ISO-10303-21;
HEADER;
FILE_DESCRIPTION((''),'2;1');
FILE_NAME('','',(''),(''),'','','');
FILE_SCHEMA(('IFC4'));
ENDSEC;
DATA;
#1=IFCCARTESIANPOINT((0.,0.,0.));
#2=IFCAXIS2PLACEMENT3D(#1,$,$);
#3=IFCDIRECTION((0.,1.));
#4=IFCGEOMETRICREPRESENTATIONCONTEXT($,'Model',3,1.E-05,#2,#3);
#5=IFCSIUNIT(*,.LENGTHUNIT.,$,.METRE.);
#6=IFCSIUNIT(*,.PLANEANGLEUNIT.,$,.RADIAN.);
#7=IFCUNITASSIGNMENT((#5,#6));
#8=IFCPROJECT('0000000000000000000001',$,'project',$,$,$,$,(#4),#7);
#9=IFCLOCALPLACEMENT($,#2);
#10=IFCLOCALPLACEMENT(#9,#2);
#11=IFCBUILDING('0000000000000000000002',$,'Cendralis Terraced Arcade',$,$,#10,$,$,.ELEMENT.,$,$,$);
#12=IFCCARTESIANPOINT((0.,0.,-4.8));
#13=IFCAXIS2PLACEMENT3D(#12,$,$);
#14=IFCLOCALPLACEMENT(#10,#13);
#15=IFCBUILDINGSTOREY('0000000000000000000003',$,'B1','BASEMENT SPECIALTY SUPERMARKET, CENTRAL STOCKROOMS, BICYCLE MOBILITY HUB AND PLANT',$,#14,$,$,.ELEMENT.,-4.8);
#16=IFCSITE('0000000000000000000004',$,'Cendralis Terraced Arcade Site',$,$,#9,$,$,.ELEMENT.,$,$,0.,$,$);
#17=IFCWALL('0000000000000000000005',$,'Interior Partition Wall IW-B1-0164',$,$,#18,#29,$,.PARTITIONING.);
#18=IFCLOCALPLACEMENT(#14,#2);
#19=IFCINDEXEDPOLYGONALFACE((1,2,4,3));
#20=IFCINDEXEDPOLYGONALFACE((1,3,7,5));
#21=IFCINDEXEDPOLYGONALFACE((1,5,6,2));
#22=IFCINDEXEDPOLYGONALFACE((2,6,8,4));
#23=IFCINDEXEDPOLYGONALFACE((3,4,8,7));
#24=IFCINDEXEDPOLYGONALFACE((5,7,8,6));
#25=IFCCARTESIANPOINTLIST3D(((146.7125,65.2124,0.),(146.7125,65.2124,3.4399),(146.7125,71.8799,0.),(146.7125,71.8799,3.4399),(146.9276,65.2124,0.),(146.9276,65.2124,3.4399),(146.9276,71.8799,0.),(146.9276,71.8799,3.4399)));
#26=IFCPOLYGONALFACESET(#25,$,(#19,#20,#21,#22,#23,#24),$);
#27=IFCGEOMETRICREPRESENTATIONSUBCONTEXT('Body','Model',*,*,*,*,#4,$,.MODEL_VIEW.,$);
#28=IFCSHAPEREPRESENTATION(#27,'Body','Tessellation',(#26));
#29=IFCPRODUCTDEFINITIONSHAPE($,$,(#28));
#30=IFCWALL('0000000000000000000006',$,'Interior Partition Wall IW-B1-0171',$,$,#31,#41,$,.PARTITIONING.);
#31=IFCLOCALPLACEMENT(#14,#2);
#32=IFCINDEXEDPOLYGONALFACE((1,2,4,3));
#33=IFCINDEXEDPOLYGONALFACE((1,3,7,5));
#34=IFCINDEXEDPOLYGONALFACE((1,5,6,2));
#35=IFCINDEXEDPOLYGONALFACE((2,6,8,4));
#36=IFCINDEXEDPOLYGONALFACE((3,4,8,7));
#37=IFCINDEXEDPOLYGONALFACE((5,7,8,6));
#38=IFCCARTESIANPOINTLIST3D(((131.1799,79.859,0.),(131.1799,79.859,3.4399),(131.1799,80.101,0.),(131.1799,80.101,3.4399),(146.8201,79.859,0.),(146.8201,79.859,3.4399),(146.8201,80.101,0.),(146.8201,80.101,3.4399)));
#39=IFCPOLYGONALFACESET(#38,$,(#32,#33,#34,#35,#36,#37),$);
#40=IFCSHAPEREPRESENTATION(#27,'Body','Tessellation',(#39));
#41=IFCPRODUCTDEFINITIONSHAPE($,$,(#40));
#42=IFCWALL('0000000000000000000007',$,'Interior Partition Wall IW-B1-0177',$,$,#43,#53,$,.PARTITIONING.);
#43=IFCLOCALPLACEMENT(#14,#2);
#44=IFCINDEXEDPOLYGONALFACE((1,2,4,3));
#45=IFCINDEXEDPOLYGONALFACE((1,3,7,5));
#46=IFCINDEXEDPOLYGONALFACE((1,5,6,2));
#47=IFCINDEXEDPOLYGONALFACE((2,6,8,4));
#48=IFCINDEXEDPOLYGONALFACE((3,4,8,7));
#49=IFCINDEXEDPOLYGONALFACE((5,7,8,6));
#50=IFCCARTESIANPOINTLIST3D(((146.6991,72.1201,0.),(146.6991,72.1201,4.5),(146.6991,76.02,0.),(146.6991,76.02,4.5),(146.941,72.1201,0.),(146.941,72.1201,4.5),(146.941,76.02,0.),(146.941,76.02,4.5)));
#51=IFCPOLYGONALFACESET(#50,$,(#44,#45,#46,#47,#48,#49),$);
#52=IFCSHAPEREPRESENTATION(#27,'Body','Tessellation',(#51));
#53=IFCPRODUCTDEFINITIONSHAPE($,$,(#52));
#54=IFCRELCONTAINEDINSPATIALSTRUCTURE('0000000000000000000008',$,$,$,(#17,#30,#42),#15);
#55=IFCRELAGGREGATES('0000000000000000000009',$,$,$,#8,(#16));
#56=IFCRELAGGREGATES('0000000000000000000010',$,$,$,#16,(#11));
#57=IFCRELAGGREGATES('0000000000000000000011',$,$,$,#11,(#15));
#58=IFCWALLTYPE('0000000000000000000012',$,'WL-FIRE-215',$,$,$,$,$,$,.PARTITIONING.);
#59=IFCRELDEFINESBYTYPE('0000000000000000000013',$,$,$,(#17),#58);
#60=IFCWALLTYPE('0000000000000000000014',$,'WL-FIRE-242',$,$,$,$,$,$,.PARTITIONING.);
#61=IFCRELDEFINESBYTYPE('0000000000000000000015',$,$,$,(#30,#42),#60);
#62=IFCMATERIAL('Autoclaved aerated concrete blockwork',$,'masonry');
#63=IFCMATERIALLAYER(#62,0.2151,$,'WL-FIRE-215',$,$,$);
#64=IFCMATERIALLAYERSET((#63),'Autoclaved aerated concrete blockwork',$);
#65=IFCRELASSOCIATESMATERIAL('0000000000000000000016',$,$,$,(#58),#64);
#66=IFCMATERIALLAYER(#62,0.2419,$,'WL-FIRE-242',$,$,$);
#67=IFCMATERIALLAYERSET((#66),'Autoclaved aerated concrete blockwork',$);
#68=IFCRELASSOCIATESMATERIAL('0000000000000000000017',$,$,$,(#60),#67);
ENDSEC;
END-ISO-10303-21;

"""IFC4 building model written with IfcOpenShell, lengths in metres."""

from ifc_helpers import new_model, si_unit, direction, frame, frame_2d, origin, place, context, subcontext, project, spatial, rectangle, extrude, material, layer, layer_set, type_object, element, save


model = new_model("IFC4")

# Units and contexts
model_context = context("Model", 3, precision=1e-05, world=origin(), true_north=direction((0.0, 1.0)))
body_context = subcontext(model_context, "Body", "Model", "MODEL_VIEW")
ifc_project = project(units=[si_unit("LENGTHUNIT", "METRE"), si_unit("PLANEANGLEUNIT", "RADIAN")], contexts=[model_context])

# Site, building, storey
site_placement = place(None, origin())
site = spatial("IfcSite", under=ifc_project, at=site_placement, Name="Cendralis Terraced Arcade Site", CompositionType="ELEMENT", RefElevation=0.0)
building_placement = place(site_placement, origin())
building = spatial("IfcBuilding", under=site, at=building_placement, Name="Cendralis Terraced Arcade", CompositionType="ELEMENT")
storey_placement = place(building_placement, frame((0.0, 0.0, -4.8)))
storey = spatial("IfcBuildingStorey", under=building, at=storey_placement, Name="B1", Description="BASEMENT SPECIALTY SUPERMARKET, CENTRAL STOCKROOMS, BICYCLE MOBILITY HUB AND PLANT", CompositionType="ELEMENT", Elevation=-4.8)

# Walls
ifc_material_1 = material(Name="Autoclaved aerated concrete blockwork", Category="masonry")
ifc_layer_1 = layer(ifc_material_1, 0.2151, Name="WL-FIRE-215")
ifc_layer_set_1 = layer_set([ifc_layer_1], Name="Autoclaved aerated concrete blockwork")
wall_type_1 = type_object("IfcWallType", Name="WL-FIRE-215", PredefinedType="PARTITIONING", material=ifc_layer_set_1)
wall_1_placement = place(storey_placement, frame((146.8201, 71.8799, 0.0), z_axis=(0.0, 0.0, 1.0), x_axis=(0.0, -1.0, 0.0)))
element("IfcWall", 1, at=wall_1_placement, inside=storey, type_object=wall_type_1, Name="Interior Partition Wall IW-B1-0164", PredefinedType="PARTITIONING", context=body_context, shape_type="SweptSolid", body=[
    extrude(rectangle(XDim=6.6675, YDim=0.2151, at=frame_2d((3.3337, 0.0))), origin(), (0.0, 0.0, 1.0), 3.4399),
])
ifc_layer_2 = layer(ifc_material_1, 0.2419, Name="WL-FIRE-242")
ifc_layer_set_2 = layer_set([ifc_layer_2], Name="Autoclaved aerated concrete blockwork")
wall_type_2 = type_object("IfcWallType", Name="WL-FIRE-242", PredefinedType="PARTITIONING", material=ifc_layer_set_2)
wall_2_placement = place(storey_placement, frame((146.8201, 79.98, 0.0), z_axis=(0.0, 0.0, 1.0), x_axis=(-1.0, 0.0, 0.0)))
element("IfcWall", 2, at=wall_2_placement, inside=storey, type_object=wall_type_2, Name="Interior Partition Wall IW-B1-0171", PredefinedType="PARTITIONING", context=body_context, shape_type="SweptSolid", body=[
    extrude(rectangle(XDim=15.6401, YDim=0.2419, at=frame_2d((7.8201, 0.0))), origin(), (0.0, 0.0, 1.0), 3.4399),
])
wall_3_placement = place(storey_placement, frame((146.8201, 76.02, 0.0), z_axis=(0.0, 0.0, 1.0), x_axis=(0.0, -1.0, 0.0)))
element("IfcWall", 3, at=wall_3_placement, inside=storey, type_object=wall_type_2, Name="Interior Partition Wall IW-B1-0177", PredefinedType="PARTITIONING", context=body_context, shape_type="SweptSolid", body=[
    extrude(rectangle(XDim=3.8999, YDim=0.2419, at=frame_2d((1.95, 0.0))), origin(), (0.0, 0.0, 1.0), 4.5),
])

save(model, "model.ifc")
